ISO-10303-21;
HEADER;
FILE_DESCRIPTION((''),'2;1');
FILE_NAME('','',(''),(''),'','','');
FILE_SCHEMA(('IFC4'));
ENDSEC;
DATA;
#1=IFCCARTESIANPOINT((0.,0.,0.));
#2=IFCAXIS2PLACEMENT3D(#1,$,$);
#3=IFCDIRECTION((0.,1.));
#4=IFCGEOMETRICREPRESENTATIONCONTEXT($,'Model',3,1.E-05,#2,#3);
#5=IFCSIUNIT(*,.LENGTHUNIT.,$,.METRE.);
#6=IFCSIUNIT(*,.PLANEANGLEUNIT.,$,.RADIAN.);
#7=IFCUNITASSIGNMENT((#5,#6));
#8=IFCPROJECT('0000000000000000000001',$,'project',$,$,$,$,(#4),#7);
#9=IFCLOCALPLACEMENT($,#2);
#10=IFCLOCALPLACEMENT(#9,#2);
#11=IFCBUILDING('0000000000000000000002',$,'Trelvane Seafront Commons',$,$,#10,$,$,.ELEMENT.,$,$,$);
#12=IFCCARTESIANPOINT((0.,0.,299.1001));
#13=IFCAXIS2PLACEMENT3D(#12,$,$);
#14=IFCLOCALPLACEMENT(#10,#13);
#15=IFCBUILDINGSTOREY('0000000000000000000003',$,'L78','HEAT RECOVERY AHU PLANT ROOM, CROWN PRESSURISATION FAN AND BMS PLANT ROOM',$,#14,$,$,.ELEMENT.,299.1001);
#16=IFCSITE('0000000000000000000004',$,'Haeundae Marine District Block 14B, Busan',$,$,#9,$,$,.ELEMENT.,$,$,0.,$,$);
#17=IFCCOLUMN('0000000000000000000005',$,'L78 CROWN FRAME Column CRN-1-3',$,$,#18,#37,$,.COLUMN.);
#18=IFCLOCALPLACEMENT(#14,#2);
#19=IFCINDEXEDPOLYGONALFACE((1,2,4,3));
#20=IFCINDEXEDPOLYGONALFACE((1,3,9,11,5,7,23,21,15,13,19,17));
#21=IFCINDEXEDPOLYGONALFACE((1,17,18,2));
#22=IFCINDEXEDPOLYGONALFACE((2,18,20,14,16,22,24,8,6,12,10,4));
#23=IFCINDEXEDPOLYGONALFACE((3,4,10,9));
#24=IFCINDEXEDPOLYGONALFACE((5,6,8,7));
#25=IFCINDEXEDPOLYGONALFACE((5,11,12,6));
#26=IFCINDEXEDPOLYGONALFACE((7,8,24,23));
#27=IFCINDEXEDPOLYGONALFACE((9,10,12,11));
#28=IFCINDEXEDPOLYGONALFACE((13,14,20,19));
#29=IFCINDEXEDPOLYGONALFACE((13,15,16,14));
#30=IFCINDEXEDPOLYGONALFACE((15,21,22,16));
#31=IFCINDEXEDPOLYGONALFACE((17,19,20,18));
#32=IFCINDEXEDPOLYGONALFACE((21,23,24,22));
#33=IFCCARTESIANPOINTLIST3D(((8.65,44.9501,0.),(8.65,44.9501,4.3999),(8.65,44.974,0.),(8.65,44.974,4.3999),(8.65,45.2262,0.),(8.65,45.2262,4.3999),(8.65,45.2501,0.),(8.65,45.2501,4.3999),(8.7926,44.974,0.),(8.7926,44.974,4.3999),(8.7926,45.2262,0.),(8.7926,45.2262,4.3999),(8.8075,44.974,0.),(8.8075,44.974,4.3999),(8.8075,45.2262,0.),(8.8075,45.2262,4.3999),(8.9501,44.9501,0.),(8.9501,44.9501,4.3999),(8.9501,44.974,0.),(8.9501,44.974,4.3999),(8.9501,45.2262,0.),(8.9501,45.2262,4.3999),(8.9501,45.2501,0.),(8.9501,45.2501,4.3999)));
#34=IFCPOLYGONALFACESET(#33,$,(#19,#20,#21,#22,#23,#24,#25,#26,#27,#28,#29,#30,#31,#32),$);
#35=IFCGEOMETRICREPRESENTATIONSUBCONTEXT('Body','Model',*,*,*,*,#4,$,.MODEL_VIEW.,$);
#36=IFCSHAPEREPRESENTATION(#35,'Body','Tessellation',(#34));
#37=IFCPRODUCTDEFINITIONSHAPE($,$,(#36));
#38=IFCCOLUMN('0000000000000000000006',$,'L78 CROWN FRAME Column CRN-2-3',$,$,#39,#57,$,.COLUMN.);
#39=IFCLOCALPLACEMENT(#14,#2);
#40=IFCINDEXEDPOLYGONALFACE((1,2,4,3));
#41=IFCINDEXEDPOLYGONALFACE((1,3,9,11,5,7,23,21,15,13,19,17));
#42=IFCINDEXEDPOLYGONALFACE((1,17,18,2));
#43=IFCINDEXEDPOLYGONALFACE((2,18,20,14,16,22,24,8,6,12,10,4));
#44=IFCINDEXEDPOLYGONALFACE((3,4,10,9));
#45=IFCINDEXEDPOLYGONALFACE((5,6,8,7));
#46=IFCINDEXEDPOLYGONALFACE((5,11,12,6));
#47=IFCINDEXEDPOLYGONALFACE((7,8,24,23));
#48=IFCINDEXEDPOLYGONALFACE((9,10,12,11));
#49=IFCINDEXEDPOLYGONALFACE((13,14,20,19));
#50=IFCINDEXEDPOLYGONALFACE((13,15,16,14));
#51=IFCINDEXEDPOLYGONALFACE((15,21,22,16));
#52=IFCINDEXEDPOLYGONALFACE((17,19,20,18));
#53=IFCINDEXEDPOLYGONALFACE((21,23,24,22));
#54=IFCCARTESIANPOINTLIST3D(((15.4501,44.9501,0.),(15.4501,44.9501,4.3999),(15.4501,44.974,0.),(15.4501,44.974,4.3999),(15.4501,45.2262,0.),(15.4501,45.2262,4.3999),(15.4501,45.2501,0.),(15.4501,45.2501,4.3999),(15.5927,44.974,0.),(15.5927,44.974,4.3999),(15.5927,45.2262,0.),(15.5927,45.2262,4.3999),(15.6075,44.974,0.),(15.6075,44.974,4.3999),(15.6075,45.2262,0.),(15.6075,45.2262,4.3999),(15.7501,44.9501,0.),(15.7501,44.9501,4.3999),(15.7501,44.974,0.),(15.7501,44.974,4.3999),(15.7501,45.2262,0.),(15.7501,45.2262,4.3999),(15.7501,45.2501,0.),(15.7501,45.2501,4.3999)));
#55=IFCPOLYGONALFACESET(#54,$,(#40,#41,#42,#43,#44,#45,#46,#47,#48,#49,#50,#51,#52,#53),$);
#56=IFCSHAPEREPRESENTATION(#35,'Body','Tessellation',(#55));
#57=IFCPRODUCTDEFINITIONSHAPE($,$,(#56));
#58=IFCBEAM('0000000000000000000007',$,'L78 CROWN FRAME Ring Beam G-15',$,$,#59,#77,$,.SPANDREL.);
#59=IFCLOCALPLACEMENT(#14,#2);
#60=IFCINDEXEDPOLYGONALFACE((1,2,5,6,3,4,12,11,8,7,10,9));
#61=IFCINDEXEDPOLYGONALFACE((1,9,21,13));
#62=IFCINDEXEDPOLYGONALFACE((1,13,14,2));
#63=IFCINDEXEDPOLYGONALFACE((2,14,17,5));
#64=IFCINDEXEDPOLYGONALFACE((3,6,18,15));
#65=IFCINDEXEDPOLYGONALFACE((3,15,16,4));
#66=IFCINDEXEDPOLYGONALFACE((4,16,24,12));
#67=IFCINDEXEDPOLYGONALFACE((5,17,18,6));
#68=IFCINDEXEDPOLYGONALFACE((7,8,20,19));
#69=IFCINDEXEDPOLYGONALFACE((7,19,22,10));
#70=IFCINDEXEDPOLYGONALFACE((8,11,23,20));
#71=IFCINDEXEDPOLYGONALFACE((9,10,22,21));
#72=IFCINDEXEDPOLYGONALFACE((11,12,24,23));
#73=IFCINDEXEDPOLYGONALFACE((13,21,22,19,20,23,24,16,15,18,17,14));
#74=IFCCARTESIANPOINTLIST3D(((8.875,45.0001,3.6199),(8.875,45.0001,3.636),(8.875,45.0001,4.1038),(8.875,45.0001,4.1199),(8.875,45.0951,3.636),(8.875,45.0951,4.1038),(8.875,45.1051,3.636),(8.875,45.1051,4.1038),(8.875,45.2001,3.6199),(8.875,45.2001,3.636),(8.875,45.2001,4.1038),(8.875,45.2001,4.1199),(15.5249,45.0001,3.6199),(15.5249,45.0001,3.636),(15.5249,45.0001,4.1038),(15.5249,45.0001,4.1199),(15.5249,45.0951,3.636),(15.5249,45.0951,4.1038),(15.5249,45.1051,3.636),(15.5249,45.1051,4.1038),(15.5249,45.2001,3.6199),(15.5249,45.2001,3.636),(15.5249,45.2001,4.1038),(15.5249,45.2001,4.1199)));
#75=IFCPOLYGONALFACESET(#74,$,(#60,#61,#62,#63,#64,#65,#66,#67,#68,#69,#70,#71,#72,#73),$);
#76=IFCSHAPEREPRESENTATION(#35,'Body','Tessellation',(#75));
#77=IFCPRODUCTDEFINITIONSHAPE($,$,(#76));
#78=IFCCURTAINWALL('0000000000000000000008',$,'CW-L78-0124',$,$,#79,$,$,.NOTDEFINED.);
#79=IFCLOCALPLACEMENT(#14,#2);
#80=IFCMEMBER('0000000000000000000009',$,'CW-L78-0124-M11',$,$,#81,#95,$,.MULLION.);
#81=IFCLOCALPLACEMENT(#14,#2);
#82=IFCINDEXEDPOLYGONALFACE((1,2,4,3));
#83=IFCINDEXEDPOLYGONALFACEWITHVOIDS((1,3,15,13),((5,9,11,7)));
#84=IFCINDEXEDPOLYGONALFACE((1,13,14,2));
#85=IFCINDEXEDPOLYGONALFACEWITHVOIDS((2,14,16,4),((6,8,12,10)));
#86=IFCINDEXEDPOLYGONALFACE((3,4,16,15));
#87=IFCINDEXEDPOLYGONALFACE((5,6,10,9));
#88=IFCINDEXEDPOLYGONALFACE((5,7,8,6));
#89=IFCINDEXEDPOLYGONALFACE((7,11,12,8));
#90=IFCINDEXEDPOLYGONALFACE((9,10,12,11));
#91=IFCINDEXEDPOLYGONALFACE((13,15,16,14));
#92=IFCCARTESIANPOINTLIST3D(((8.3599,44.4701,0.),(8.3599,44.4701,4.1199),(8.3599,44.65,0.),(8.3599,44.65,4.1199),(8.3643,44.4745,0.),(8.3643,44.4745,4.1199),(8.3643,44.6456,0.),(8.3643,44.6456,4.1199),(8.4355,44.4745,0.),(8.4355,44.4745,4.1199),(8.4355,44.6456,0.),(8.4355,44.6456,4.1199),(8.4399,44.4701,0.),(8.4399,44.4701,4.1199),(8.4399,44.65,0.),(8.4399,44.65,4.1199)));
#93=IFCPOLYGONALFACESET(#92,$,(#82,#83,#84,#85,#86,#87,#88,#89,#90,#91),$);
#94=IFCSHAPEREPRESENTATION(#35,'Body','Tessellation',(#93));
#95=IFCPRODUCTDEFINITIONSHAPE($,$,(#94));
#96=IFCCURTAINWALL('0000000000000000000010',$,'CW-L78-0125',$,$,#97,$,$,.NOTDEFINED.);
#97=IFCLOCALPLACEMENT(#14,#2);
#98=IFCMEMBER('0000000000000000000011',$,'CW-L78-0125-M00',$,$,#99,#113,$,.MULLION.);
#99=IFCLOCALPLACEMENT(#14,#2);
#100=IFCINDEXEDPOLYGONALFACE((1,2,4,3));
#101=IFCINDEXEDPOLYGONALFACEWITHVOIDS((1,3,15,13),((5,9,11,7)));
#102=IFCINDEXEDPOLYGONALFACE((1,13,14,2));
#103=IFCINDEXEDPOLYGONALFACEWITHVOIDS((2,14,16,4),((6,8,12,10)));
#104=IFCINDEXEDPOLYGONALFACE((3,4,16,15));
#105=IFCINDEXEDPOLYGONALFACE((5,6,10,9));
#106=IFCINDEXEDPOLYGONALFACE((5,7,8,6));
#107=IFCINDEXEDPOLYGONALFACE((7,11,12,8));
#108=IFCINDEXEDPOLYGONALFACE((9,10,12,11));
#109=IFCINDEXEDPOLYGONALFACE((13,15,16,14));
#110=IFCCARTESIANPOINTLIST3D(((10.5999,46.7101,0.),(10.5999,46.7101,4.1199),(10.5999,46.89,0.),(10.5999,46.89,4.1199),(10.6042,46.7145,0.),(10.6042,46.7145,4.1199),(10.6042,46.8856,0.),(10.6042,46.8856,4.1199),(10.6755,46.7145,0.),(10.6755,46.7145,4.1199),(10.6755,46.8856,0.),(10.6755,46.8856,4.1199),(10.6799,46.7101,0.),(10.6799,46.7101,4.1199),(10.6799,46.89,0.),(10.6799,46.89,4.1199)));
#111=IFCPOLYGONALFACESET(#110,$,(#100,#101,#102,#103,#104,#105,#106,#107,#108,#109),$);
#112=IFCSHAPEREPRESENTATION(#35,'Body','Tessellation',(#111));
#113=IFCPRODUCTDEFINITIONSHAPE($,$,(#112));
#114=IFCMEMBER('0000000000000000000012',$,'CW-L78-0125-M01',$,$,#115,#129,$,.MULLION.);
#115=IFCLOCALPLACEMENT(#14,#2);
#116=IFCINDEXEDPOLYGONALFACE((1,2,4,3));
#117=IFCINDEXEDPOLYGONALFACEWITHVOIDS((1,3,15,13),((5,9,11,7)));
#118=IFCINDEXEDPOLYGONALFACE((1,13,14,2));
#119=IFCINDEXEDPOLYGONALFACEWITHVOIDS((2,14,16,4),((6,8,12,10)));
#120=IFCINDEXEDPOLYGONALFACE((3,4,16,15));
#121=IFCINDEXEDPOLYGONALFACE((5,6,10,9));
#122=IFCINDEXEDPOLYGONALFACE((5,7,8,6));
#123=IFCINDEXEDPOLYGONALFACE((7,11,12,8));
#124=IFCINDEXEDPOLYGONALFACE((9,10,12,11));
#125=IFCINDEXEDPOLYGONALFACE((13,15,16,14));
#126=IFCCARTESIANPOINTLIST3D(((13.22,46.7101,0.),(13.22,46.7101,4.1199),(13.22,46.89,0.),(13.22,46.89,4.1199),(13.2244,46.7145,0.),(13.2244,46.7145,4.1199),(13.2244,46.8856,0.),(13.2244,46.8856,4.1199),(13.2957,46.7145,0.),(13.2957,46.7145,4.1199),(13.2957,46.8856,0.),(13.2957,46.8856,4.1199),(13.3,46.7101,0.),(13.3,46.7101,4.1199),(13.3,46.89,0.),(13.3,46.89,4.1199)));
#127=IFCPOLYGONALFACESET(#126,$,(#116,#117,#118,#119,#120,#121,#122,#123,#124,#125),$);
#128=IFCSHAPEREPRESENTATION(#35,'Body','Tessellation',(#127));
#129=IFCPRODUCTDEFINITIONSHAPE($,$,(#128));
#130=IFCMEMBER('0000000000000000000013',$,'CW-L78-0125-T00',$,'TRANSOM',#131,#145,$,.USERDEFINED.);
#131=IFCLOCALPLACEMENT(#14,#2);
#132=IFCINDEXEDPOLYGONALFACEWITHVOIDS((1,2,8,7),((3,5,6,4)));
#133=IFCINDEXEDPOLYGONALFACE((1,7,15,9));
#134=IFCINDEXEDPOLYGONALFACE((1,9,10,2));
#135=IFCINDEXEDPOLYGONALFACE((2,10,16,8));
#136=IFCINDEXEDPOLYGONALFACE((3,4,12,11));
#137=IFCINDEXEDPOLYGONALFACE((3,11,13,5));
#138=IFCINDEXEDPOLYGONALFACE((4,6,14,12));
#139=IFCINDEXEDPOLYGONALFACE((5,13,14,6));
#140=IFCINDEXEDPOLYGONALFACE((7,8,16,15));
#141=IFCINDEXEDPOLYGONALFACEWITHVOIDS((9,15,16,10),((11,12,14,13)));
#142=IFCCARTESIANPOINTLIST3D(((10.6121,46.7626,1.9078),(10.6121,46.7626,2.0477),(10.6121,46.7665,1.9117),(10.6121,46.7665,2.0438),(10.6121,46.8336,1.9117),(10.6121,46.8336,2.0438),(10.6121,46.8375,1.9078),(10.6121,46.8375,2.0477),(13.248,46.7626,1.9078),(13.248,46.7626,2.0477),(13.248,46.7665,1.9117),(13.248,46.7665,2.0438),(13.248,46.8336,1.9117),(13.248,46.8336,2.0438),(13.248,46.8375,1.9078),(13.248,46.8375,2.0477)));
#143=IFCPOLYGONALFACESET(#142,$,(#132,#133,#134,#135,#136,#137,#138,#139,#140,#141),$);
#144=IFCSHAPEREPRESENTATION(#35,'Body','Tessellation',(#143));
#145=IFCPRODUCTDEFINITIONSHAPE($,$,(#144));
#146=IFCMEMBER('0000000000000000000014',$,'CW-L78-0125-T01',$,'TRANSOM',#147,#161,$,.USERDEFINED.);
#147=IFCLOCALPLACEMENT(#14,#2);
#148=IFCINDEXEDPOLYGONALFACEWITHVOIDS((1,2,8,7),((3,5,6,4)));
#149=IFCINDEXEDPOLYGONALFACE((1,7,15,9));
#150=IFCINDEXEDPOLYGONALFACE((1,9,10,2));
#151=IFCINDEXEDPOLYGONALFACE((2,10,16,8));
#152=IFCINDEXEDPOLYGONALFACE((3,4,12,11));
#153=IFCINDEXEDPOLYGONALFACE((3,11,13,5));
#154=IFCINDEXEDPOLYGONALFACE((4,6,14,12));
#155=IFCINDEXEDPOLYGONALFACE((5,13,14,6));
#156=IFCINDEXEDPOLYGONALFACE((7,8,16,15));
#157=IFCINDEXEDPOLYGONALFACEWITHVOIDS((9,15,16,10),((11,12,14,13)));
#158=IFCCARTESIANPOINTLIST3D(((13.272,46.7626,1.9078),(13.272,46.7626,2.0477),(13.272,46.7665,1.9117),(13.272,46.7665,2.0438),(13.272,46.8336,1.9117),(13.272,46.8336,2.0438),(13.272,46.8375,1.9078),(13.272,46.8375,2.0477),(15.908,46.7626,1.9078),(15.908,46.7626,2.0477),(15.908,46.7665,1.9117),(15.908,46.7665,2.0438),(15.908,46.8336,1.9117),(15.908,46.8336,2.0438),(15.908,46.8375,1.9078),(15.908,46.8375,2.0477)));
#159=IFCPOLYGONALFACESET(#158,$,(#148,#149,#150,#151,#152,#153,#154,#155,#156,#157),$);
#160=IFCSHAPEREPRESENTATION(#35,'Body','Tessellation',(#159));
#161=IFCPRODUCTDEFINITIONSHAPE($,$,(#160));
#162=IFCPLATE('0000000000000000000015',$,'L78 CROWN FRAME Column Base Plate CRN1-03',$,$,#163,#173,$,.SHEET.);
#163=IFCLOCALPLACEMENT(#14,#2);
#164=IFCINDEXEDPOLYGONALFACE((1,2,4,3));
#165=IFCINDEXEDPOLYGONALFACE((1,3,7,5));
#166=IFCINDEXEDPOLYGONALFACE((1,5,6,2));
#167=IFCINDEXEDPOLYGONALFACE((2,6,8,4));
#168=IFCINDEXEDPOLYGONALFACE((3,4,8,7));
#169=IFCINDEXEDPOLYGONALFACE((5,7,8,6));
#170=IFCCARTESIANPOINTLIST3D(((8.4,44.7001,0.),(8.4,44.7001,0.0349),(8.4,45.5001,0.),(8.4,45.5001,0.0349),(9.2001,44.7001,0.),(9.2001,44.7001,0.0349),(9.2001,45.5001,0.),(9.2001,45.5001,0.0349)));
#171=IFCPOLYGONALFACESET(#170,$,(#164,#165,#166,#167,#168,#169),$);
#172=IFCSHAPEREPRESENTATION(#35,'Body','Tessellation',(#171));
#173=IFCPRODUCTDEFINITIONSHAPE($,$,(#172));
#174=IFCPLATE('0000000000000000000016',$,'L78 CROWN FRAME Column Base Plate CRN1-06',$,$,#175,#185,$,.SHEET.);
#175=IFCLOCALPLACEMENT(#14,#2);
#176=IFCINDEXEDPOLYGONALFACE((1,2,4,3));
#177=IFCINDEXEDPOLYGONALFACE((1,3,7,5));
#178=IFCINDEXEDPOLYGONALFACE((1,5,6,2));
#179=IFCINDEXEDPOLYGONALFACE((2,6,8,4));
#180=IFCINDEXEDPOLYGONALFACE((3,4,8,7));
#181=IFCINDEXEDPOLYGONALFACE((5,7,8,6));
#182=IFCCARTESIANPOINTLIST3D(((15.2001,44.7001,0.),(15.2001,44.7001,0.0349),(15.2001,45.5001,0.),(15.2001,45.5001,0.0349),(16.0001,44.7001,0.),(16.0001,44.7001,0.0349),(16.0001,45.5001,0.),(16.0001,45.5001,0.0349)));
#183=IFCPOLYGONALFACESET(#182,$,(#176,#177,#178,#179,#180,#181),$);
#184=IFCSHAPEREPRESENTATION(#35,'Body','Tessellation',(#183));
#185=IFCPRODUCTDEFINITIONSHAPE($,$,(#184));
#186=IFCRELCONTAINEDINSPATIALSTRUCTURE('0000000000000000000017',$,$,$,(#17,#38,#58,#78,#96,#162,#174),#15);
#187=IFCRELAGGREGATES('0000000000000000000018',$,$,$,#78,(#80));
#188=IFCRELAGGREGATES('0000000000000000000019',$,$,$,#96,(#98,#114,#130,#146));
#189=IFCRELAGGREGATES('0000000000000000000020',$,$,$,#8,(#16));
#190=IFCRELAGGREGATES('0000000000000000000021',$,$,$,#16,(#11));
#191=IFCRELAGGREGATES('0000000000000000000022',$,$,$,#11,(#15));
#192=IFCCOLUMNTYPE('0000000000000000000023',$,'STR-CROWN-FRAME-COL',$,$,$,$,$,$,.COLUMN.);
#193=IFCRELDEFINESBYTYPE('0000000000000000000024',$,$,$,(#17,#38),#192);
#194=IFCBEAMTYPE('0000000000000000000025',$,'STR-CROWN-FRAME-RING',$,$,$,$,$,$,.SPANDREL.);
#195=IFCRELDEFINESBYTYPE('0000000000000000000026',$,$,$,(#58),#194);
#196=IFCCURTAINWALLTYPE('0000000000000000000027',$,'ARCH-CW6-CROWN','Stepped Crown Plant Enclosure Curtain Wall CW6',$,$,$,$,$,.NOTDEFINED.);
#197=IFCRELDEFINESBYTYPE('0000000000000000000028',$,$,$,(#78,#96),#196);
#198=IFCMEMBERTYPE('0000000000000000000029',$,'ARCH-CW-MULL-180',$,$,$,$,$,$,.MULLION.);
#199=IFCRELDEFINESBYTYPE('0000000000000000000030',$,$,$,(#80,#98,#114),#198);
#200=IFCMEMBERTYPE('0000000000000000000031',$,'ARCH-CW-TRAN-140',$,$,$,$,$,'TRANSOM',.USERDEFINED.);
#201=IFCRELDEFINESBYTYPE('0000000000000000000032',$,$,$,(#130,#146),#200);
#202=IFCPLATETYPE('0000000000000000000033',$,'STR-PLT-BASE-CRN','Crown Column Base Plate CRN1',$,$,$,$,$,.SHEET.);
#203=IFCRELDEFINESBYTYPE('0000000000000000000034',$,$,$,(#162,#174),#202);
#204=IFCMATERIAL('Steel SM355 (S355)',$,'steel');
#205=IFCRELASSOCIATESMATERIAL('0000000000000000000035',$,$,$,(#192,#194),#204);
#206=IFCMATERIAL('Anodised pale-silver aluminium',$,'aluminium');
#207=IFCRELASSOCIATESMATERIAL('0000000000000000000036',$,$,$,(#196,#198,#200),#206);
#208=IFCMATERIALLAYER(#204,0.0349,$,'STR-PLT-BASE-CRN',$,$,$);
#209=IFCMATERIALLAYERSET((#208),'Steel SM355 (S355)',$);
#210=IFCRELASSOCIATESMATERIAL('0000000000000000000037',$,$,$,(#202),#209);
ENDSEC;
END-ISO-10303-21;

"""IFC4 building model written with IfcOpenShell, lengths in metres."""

from ifc_helpers import new_model, si_unit, direction, frame, origin, origin_2d, place, context, subcontext, project, spatial, rectangle, hollow_rectangle, i_section, extrude, source, transform, mapped, material, layer, layer_set, material_profile, profile_set, type_object, element, aggregate, save


model = new_model("IFC4")

# Units and contexts
model_context = context("Model", 3, precision=1e-05, world=origin(), true_north=direction((0.0, 1.0)))
body_context = subcontext(model_context, "Body", "Model", "MODEL_VIEW")
ifc_project = project(units=[si_unit("LENGTHUNIT", "METRE"), si_unit("PLANEANGLEUNIT", "RADIAN")], contexts=[model_context])

# Site, building, storey
site_placement = place(None, origin())
site = spatial("IfcSite", under=ifc_project, at=site_placement, Name="Haeundae Marine District Block 14B, Busan", CompositionType="ELEMENT", RefElevation=0.0)
building_placement = place(site_placement, origin())
building = spatial("IfcBuilding", under=site, at=building_placement, Name="Trelvane Seafront Commons", CompositionType="ELEMENT")
storey_placement = place(building_placement, frame((0.0, 0.0, 299.1001)))
storey = spatial("IfcBuildingStorey", under=building, at=storey_placement, Name="L78", Description="HEAT RECOVERY AHU PLANT ROOM, CROWN PRESSURISATION FAN AND BMS PLANT ROOM", CompositionType="ELEMENT", Elevation=299.1001)

# Columns
ifc_material_1 = material(Name="Steel SM355 (S355)", Category="steel")
ifc_material_profile_1 = material_profile(ifc_material_1, i_section(OverallWidth=0.3, OverallDepth=0.3, WebThickness=0.0149, FlangeThickness=0.0239, at=origin_2d()), Name="HD-300x300x15x24")
ifc_profile_set_1 = profile_set([ifc_material_profile_1], Name="Steel SM355 (S355)")
column_type = type_object("IfcColumnType", Name="STR-CROWN-FRAME-COL", PredefinedType="COLUMN", material=ifc_profile_set_1)
shared_shape_1 = source(origin(), body_context, "Body", "SweptSolid", [
    extrude(i_section(OverallWidth=0.3, OverallDepth=0.3, WebThickness=0.0149, FlangeThickness=0.0239, at=origin_2d()), origin(), (0.0, 0.0, 1.0), 4.3999),
])
for number, where, z_axis, x_axis, name in (
    (1, (8.8, 45.1001, 0.0), (0.0, 0.0, 1.0), (1.0, 0.0, 0.0), "L78 CROWN FRAME Column CRN-1-3"),
    (2, (15.6001, 45.1001, 0.0), (0.0, 0.0, 1.0), (1.0, 0.0, 0.0), "L78 CROWN FRAME Column CRN-2-3"),
):
    element("IfcColumn", number, at=place(storey_placement, frame(where, z_axis=z_axis, x_axis=x_axis)), inside=storey, type_object=column_type, Name=name, PredefinedType="COLUMN", context=body_context, shape_type="MappedRepresentation", body=[
        mapped(shared_shape_1, transform((0.0, 0.0, 0.0), x_axis=(1.0, 0.0, 0.0), y_axis=(0.0, 1.0, 0.0), z_axis=(0.0, 0.0, 1.0), scale=1.0)),
    ])

# Beam
ifc_material_profile_2 = material_profile(ifc_material_1, i_section(OverallWidth=0.2, OverallDepth=0.5, WebThickness=0.01, FlangeThickness=0.0161, at=origin_2d()), Name="H-500x200x10x16")
ifc_profile_set_2 = profile_set([ifc_material_profile_2], Name="Steel SM355 (S355)")
beam_type = type_object("IfcBeamType", Name="STR-CROWN-FRAME-RING", PredefinedType="SPANDREL", material=ifc_profile_set_2)
shared_shape_2 = source(origin(), body_context, "Body", "SweptSolid", [
    extrude(i_section(OverallWidth=0.2, OverallDepth=0.5, WebThickness=0.01, FlangeThickness=0.0161, at=origin_2d()), origin(), (0.0, 0.0, 1.0), 6.6499),
])
beam_placement = place(storey_placement, frame((8.875, 45.1001, 3.8699), z_axis=(1.0, 0.0, 0.0), x_axis=(0.0, 1.0, 0.0)))
element("IfcBeam", 3, at=beam_placement, inside=storey, type_object=beam_type, Name="L78 CROWN FRAME Ring Beam G-15", PredefinedType="SPANDREL", context=body_context, shape_type="MappedRepresentation", body=[
    mapped(shared_shape_2, transform((0.0, 0.0, 0.0), x_axis=(1.0, 0.0, 0.0), y_axis=(0.0, 1.0, 0.0), z_axis=(0.0, 0.0, 1.0), scale=1.0)),
])

# Curtain wall, member
ifc_material_2 = material(Name="Anodised pale-silver aluminium", Category="aluminium")
curtain_wall_type = type_object("IfcCurtainWallType", Name="ARCH-CW6-CROWN", Description="Stepped Crown Plant Enclosure Curtain Wall CW6", PredefinedType="NOTDEFINED", material=ifc_material_2)
curtain_wall_1_placement = place(storey_placement, origin())
curtain_wall_1 = element("IfcCurtainWall", 4, at=curtain_wall_1_placement, inside=storey, type_object=curtain_wall_type, Name="CW-L78-0124", PredefinedType="NOTDEFINED")
ifc_material_profile_3 = material_profile(ifc_material_2, hollow_rectangle(XDim=0.0801, YDim=0.1799, WallThickness=0.0044, at=origin_2d()), Name="MULL-80x180x4.5")
ifc_profile_set_3 = profile_set([ifc_material_profile_3], Name="Anodised pale-silver aluminium")
member_type_1 = type_object("IfcMemberType", Name="ARCH-CW-MULL-180", PredefinedType="MULLION", material=ifc_profile_set_3)
shared_shape_3 = source(origin(), body_context, "Body", "SweptSolid", [
    extrude(hollow_rectangle(XDim=0.0801, YDim=0.1799, WallThickness=0.0044, at=origin_2d()), origin(), (0.0, 0.0, 1.0), 4.1199),
])
member_1_placement = place(storey_placement, frame((8.3999, 44.5601, 0.0), z_axis=(0.0, 0.0, 1.0), x_axis=(1.0, 0.0, 0.0)))
member_1 = element("IfcMember", 5, at=member_1_placement, type_object=member_type_1, Name="CW-L78-0124-M11", PredefinedType="MULLION", context=body_context, shape_type="MappedRepresentation", body=[
    mapped(shared_shape_3, transform((0.0, 0.0, 0.0), x_axis=(1.0, 0.0, 0.0), y_axis=(0.0, 1.0, 0.0), z_axis=(0.0, 0.0, 1.0), scale=1.0)),
])
aggregate(curtain_wall_1, [member_1])

# Curtain wall, members
curtain_wall_2_placement = place(storey_placement, origin())
curtain_wall_2 = element("IfcCurtainWall", 6, at=curtain_wall_2_placement, inside=storey, type_object=curtain_wall_type, Name="CW-L78-0125", PredefinedType="NOTDEFINED")
member_2_placement = place(storey_placement, frame((10.6399, 46.8, 0.0), z_axis=(0.0, 0.0, 1.0), x_axis=(1.0, 0.0, 0.0)))
member_2 = element("IfcMember", 7, at=member_2_placement, type_object=member_type_1, Name="CW-L78-0125-M00", PredefinedType="MULLION", context=body_context, shape_type="MappedRepresentation", body=[
    mapped(shared_shape_3, transform((0.0, 0.0, 0.0), x_axis=(1.0, 0.0, 0.0), y_axis=(0.0, 1.0, 0.0), z_axis=(0.0, 0.0, 1.0), scale=1.0)),
])
member_3_placement = place(storey_placement, frame((13.26, 46.8, 0.0), z_axis=(0.0, 0.0, 1.0), x_axis=(1.0, 0.0, 0.0)))
member_3 = element("IfcMember", 8, at=member_3_placement, type_object=member_type_1, Name="CW-L78-0125-M01", PredefinedType="MULLION", context=body_context, shape_type="MappedRepresentation", body=[
    mapped(shared_shape_3, transform((0.0, 0.0, 0.0), x_axis=(1.0, 0.0, 0.0), y_axis=(0.0, 1.0, 0.0), z_axis=(0.0, 0.0, 1.0), scale=1.0)),
])
ifc_material_profile_4 = material_profile(ifc_material_2, hollow_rectangle(XDim=0.075, YDim=0.1399, WallThickness=0.0039, at=origin_2d()), Name="TRAN-75x140x4")
ifc_profile_set_4 = profile_set([ifc_material_profile_4], Name="Anodised pale-silver aluminium")
member_type_2 = type_object("IfcMemberType", Name="ARCH-CW-TRAN-140", ElementType="TRANSOM", PredefinedType="USERDEFINED", material=ifc_profile_set_4)
shared_shape_4 = source(origin(), body_context, "Body", "SweptSolid", [
    extrude(hollow_rectangle(XDim=0.075, YDim=0.1399, WallThickness=0.0039, at=origin_2d()), origin(), (0.0, 0.0, 1.0), 2.636),
])
member_4_placement = place(storey_placement, frame((10.6121, 46.8, 1.9778), z_axis=(1.0, 0.0, 0.0), x_axis=(0.0, 1.0, 0.0)))
member_4 = element("IfcMember", 9, at=member_4_placement, type_object=member_type_2, Name="CW-L78-0125-T00", ObjectType="TRANSOM", PredefinedType="USERDEFINED", context=body_context, shape_type="MappedRepresentation", body=[
    mapped(shared_shape_4, transform((0.0, 0.0, 0.0), x_axis=(1.0, 0.0, 0.0), y_axis=(0.0, 1.0, 0.0), z_axis=(0.0, 0.0, 1.0), scale=1.0)),
])
member_5_placement = place(storey_placement, frame((13.272, 46.8, 1.9778), z_axis=(1.0, 0.0, 0.0), x_axis=(0.0, 1.0, 0.0)))
member_5 = element("IfcMember", 10, at=member_5_placement, type_object=member_type_2, Name="CW-L78-0125-T01", ObjectType="TRANSOM", PredefinedType="USERDEFINED", context=body_context, shape_type="MappedRepresentation", body=[
    mapped(shared_shape_4, transform((0.0, 0.0, 0.0), x_axis=(1.0, 0.0, 0.0), y_axis=(0.0, 1.0, 0.0), z_axis=(0.0, 0.0, 1.0), scale=1.0)),
])

# Plates
ifc_layer_1 = layer(ifc_material_1, 0.0349, Name="STR-PLT-BASE-CRN")
ifc_layer_set_1 = layer_set([ifc_layer_1], Name="Steel SM355 (S355)")
plate_type_1 = type_object("IfcPlateType", Name="STR-PLT-BASE-CRN", Description="Crown Column Base Plate CRN1", PredefinedType="SHEET", material=ifc_layer_set_1)
shared_shape_5 = source(origin(), body_context, "Body", "SweptSolid", [
    extrude(rectangle(XDim=0.8, YDim=0.8, at=origin_2d()), origin(), (0.0, 0.0, 1.0), 0.0349),
])
for number, where, z_axis, x_axis, name in (
    (11, (8.8, 45.1001, 0.0), (0.0, 0.0, 1.0), (1.0, 0.0, 0.0), "L78 CROWN FRAME Column Base Plate CRN1-03"),
    (12, (15.6001, 45.1001, 0.0), (0.0, 0.0, 1.0), (1.0, 0.0, 0.0), "L78 CROWN FRAME Column Base Plate CRN1-06"),
):
    element("IfcPlate", number, at=place(storey_placement, frame(where, z_axis=z_axis, x_axis=x_axis)), inside=storey, type_object=plate_type_1, Name=name, PredefinedType="SHEET", context=body_context, shape_type="MappedRepresentation", body=[
        mapped(shared_shape_5, transform((0.0, 0.0, 0.0), x_axis=(1.0, 0.0, 0.0), y_axis=(0.0, 1.0, 0.0), z_axis=(0.0, 0.0, 1.0), scale=1.0)),
    ])

aggregate(curtain_wall_2, [member_2, member_3, member_4, member_5])

save(model, "model.ifc")
